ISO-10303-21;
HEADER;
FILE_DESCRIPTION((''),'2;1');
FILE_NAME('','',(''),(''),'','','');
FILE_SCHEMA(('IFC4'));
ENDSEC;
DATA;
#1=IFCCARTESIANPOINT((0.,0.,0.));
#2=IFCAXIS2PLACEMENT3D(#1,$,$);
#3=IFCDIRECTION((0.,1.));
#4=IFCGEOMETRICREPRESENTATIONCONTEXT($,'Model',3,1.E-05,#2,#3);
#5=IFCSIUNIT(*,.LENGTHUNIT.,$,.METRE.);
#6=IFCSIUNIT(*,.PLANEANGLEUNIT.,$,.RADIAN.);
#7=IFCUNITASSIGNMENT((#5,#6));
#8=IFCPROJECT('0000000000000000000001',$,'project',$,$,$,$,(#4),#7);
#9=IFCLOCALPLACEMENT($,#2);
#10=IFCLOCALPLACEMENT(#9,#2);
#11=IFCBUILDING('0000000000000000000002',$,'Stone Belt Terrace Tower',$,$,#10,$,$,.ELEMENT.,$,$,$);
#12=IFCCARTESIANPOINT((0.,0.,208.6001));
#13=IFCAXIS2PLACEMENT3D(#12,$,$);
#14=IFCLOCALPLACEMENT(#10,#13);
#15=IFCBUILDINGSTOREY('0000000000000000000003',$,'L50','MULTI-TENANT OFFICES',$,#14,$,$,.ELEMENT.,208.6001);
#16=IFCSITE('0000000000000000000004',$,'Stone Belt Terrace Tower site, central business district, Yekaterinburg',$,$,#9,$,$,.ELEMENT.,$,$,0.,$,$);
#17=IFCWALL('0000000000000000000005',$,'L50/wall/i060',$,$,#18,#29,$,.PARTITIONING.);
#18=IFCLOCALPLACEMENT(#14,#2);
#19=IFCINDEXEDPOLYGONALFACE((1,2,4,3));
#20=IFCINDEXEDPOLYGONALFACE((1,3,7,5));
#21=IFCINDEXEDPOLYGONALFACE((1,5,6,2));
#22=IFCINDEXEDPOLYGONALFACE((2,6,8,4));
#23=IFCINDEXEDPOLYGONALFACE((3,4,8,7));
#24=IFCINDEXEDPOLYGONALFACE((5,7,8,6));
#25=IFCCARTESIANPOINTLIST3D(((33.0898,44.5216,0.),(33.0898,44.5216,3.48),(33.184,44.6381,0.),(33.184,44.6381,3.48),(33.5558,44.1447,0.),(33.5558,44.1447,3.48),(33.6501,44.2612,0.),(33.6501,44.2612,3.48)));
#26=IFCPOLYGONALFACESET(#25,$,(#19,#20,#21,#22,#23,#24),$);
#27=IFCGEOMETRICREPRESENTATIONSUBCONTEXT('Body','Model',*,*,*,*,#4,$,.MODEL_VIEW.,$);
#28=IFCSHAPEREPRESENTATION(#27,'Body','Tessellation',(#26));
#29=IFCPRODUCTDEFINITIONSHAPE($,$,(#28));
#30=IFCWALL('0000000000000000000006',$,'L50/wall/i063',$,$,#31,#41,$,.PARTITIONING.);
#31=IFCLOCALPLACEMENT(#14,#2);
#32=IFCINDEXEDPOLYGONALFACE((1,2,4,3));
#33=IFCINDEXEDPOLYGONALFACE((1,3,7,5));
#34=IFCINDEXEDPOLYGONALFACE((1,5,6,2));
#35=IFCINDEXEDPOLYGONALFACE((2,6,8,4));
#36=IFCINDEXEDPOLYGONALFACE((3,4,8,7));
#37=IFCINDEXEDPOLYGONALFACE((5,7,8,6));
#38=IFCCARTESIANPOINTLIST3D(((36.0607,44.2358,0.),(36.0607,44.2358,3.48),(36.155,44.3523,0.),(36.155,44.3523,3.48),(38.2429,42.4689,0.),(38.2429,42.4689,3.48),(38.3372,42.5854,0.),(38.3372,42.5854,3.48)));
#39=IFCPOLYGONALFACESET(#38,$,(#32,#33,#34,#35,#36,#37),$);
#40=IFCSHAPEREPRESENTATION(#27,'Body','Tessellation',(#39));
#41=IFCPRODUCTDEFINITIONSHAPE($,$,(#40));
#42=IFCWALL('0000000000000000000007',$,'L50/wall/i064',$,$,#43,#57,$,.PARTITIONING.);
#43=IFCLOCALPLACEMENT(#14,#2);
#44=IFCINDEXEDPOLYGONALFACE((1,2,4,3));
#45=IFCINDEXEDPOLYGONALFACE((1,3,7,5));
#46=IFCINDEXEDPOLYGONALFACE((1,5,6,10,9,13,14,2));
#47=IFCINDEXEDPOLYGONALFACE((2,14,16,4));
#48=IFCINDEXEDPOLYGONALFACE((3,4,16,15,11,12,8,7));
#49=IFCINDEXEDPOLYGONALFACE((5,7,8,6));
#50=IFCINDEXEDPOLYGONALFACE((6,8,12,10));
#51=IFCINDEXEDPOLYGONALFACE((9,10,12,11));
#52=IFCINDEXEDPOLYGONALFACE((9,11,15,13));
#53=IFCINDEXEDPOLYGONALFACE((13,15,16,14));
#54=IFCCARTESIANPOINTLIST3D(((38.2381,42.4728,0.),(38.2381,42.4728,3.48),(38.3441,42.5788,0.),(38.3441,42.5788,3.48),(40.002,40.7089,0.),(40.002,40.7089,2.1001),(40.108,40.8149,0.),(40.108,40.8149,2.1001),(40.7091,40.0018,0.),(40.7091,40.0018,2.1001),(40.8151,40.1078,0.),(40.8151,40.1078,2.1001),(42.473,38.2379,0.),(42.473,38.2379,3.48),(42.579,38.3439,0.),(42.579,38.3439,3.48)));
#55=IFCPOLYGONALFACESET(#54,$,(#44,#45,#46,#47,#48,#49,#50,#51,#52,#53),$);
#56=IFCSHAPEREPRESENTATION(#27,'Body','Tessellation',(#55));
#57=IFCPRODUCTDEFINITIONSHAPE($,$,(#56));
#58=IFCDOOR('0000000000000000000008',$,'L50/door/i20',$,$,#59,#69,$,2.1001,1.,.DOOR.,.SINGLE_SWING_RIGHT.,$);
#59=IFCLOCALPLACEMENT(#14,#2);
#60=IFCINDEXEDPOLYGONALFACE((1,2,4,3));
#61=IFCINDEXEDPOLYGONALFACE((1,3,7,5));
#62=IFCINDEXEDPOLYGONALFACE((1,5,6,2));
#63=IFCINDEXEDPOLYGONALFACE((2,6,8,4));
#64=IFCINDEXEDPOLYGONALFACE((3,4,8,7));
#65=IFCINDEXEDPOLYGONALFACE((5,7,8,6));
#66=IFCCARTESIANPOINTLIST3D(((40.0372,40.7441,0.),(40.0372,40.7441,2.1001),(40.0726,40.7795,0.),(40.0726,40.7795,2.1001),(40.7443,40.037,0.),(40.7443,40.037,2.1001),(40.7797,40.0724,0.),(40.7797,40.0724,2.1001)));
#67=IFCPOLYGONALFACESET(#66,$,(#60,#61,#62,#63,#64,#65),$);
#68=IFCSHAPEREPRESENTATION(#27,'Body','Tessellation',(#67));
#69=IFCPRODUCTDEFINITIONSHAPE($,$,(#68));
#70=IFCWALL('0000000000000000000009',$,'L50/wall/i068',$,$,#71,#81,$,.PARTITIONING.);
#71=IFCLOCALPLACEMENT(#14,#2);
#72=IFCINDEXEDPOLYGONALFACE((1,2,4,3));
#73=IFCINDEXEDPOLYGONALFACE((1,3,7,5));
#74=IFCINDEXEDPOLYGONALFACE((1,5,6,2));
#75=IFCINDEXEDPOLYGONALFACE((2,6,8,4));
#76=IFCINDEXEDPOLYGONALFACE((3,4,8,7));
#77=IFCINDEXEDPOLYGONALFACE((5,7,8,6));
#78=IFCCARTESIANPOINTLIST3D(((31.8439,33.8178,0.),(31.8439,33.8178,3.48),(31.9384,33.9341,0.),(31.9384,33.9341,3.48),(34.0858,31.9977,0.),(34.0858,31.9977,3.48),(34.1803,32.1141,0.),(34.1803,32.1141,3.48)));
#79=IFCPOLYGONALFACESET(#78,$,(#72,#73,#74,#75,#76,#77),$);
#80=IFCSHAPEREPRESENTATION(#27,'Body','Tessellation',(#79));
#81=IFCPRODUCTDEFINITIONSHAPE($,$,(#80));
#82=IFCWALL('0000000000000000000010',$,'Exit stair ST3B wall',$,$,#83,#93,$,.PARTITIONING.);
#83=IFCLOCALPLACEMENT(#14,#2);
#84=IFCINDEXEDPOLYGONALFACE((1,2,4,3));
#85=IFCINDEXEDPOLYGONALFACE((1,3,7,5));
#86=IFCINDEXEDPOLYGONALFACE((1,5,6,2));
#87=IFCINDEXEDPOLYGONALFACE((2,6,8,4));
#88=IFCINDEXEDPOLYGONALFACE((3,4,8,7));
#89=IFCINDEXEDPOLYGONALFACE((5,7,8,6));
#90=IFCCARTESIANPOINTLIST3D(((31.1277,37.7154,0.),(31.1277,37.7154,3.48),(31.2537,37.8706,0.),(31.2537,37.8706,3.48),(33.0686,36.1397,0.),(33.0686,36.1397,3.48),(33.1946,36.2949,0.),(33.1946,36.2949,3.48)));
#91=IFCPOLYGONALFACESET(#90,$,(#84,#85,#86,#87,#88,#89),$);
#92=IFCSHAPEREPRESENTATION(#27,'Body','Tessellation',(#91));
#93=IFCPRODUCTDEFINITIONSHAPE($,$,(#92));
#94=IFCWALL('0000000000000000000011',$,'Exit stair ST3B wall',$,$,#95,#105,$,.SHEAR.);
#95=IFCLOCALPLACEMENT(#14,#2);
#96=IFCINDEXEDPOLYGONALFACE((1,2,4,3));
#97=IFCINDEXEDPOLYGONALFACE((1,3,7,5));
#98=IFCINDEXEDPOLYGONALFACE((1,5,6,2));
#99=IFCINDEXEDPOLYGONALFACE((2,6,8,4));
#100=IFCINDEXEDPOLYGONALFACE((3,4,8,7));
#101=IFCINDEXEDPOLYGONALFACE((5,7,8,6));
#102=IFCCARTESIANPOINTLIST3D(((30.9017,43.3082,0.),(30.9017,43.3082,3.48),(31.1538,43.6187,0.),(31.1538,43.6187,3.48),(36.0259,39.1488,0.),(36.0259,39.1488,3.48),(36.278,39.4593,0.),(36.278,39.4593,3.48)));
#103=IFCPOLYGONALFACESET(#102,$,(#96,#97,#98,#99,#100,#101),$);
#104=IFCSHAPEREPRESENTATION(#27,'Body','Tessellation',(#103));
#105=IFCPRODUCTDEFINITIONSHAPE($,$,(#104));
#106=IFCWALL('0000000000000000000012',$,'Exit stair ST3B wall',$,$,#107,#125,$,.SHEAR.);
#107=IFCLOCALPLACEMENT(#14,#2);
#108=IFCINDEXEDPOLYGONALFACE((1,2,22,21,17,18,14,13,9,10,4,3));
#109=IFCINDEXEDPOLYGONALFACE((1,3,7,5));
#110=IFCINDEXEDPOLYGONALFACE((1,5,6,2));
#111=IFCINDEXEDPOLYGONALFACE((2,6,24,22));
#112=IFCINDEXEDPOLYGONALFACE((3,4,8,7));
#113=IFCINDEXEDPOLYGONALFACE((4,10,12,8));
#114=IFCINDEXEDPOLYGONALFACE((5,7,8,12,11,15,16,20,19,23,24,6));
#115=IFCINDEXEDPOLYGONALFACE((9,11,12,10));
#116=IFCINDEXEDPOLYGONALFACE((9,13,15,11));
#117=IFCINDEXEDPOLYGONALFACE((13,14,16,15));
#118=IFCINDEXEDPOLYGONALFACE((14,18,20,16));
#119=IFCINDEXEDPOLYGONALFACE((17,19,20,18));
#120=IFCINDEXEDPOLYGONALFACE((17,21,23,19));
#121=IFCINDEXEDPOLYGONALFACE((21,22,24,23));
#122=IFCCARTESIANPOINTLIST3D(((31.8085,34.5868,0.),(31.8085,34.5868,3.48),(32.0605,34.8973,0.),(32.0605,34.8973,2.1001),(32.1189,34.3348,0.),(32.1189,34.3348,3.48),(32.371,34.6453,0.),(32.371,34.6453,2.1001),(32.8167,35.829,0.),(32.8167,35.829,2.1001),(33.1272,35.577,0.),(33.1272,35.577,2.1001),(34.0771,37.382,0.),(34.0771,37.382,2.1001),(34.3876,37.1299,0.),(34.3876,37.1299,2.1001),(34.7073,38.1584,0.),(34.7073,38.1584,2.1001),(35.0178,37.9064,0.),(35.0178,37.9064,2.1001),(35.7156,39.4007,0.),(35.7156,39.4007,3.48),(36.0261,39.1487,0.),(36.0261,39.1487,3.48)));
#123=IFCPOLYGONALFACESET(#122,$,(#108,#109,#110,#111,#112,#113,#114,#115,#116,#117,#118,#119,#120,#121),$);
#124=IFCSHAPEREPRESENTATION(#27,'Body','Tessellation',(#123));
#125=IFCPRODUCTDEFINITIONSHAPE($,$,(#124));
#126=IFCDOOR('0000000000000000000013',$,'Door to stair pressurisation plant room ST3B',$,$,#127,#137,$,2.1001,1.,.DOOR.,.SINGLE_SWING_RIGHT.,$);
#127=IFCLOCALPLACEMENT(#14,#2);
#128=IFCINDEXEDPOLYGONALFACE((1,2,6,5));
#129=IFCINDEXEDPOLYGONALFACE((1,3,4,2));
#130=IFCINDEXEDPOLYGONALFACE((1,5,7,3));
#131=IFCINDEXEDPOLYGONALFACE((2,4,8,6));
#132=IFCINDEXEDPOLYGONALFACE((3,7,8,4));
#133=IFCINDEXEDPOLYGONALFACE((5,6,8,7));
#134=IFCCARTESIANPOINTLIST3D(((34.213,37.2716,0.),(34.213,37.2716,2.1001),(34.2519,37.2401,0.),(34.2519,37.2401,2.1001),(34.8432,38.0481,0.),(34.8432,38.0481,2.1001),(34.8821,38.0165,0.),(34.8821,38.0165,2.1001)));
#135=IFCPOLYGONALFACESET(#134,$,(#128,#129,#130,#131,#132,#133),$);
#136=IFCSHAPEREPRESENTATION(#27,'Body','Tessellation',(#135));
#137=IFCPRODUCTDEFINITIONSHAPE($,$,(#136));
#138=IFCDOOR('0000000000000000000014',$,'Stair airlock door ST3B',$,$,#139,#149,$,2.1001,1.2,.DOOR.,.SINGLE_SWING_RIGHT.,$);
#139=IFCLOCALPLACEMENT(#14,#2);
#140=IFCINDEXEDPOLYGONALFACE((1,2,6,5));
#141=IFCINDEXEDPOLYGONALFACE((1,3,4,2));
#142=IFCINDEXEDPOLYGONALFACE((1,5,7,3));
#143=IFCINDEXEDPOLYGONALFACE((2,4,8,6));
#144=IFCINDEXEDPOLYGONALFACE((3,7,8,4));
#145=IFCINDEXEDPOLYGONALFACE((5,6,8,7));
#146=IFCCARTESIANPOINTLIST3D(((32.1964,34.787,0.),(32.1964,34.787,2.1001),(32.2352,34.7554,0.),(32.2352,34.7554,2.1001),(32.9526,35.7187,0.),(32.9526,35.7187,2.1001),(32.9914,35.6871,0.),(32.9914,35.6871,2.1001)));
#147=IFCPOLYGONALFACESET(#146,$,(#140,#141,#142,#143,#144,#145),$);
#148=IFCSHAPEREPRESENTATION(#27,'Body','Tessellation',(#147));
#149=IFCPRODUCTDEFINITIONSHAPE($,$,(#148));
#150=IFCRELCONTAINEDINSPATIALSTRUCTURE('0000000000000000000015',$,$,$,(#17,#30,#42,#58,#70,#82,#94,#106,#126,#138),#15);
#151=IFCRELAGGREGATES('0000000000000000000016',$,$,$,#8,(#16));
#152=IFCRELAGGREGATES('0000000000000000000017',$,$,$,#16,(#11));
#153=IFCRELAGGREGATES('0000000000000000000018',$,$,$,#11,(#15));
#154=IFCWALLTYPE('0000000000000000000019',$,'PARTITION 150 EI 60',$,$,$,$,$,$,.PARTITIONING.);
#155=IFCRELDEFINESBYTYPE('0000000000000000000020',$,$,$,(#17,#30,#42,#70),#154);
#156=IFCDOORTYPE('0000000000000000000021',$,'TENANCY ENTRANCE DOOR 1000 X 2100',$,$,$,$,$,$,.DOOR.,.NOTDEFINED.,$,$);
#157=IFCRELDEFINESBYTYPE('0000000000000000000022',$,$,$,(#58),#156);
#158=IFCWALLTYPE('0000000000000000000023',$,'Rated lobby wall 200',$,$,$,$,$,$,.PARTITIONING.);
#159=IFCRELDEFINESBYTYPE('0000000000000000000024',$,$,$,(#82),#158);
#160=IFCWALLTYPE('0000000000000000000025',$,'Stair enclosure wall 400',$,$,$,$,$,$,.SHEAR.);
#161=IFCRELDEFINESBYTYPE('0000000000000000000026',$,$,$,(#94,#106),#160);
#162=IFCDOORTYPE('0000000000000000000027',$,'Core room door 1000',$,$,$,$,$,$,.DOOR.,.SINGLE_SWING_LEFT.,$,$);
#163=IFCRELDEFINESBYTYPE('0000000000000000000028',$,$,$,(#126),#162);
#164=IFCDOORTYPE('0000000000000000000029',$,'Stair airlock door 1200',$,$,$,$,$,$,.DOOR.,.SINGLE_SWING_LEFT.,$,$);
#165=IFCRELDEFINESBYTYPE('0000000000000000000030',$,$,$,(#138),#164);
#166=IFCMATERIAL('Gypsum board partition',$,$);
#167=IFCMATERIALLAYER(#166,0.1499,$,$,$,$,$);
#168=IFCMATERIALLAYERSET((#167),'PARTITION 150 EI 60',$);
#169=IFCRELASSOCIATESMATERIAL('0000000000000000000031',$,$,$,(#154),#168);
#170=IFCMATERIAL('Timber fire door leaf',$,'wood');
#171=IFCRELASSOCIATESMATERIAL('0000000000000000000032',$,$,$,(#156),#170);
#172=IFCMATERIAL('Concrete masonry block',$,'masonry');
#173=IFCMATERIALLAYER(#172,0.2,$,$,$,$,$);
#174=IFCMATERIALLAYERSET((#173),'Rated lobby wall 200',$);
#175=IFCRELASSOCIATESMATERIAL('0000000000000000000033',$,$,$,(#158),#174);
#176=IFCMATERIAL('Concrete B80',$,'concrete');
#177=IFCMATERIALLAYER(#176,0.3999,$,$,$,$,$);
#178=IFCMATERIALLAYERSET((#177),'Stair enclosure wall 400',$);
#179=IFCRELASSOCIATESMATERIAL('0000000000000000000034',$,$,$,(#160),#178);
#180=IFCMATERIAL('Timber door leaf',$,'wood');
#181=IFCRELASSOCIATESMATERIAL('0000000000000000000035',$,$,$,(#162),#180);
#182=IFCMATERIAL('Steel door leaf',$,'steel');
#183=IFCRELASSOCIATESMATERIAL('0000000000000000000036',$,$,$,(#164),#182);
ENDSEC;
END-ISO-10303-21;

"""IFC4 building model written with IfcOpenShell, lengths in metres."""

from ifc_helpers import new_model, si_unit, direction, frame, frame_2d, origin, place, context, subcontext, project, spatial, rectangle, extrude, material, layer, layer_set, type_object, element, fill, save


model = new_model("IFC4")

# Units and contexts
model_context = context("Model", 3, precision=1e-05, world=origin(), true_north=direction((0.0, 1.0)))
body_context = subcontext(model_context, "Body", "Model", "MODEL_VIEW")
ifc_project = project(units=[si_unit("LENGTHUNIT", "METRE"), si_unit("PLANEANGLEUNIT", "RADIAN")], contexts=[model_context])

# Site, building, storey
site_placement = place(None, origin())
site = spatial("IfcSite", under=ifc_project, at=site_placement, Name="Stone Belt Terrace Tower site, central business district, Yekaterinburg", CompositionType="ELEMENT", RefElevation=0.0)
building_placement = place(site_placement, origin())
building = spatial("IfcBuilding", under=site, at=building_placement, Name="Stone Belt Terrace Tower", CompositionType="ELEMENT")
storey_placement = place(building_placement, frame((0.0, 0.0, 208.6001)))
storey = spatial("IfcBuildingStorey", under=building, at=storey_placement, Name="L50", Description="MULTI-TENANT OFFICES", CompositionType="ELEMENT", Elevation=208.6001)

# Walls
ifc_material_1 = material(Name="Gypsum board partition")
ifc_layer_1 = layer(ifc_material_1, 0.1499)
ifc_layer_set_1 = layer_set([ifc_layer_1], Name="PARTITION 150 EI 60")
wall_type_1 = type_object("IfcWallType", Name="PARTITION 150 EI 60", PredefinedType="PARTITIONING", material=ifc_layer_set_1)
wall_1_placement = place(storey_placement, frame((33.603, 44.2029, 0.0), z_axis=(0.0, 0.0, 1.0), x_axis=(-0.77752, 0.628858, 0.0)))
element("IfcWall", 1, at=wall_1_placement, inside=storey, type_object=wall_type_1, Name="L50/wall/i060", PredefinedType="PARTITIONING", context=body_context, shape_type="SweptSolid", body=[
    extrude(rectangle(XDim=0.5994, YDim=0.1499, at=frame_2d((0.2998, 0.0))), origin(), (0.0, 0.0, 1.0), 3.48),
])
wall_2_placement = place(storey_placement, frame((36.1079, 44.2939, 0.0), z_axis=(0.0, 0.0, 1.0), x_axis=(0.777182, -0.629276, 0.0)))
element("IfcWall", 2, at=wall_2_placement, inside=storey, type_object=wall_type_1, Name="L50/wall/i063", PredefinedType="PARTITIONING", context=body_context, shape_type="SweptSolid", body=[
    extrude(rectangle(XDim=2.8079, YDim=0.1499, at=frame_2d((1.4038, 0.0))), origin(), (0.0, 0.0, 1.0), 3.48),
])

# Wall, opening, door
wall_3_placement = place(storey_placement, frame((38.291, 42.5259, 0.0), z_axis=(0.0, 0.0, 1.0), x_axis=(0.707107, -0.707107, 0.0)))
wall_3 = element("IfcWall", 3, at=wall_3_placement, inside=storey, type_object=wall_type_1, Name="L50/wall/i064", PredefinedType="PARTITIONING", context=body_context, shape_type="SweptSolid", body=[
    extrude(rectangle(XDim=5.989, YDim=0.1499, at=frame_2d((2.9946, 0.0))), origin(), (0.0, 0.0, 1.0), 3.48),
])
opening_1_placement = place(wall_3_placement, frame((2.4946, 0.0, 0.0)))
opening_1 = element("IfcOpeningElement", 4, at=opening_1_placement, cuts=wall_3, PredefinedType="OPENING", context=body_context, shape_type="SweptSolid", body=[
    extrude(rectangle(XDim=1.0, YDim=2.1001, at=frame_2d((0.5, 1.05))), frame((0.0, 0.085, 0.0), z_axis=(0.0, -1.0, 0.0), x_axis=(1.0, 0.0, 0.0)), (0.0, 0.0, 1.0), 0.1699),
])
ifc_material_2 = material(Name="Timber fire door leaf", Category="wood")
door_type_1 = type_object("IfcDoorType", Name="TENANCY ENTRANCE DOOR 1000 X 2100", OperationType="NOTDEFINED", PredefinedType="DOOR", material=ifc_material_2)
door_1_placement = place(opening_1_placement, origin())
door_1 = element("IfcDoor", 5, at=door_1_placement, inside=storey, type_object=door_type_1, Name="L50/door/i20", OperationType="SINGLE_SWING_RIGHT", OverallHeight=2.1001, OverallWidth=1.0, PredefinedType="DOOR", context=body_context, shape_type="SweptSolid", body=[
    extrude(rectangle(XDim=1.0, YDim=2.1001, at=frame_2d((0.5, 1.05))), frame((0.0, 0.0249, 0.0), z_axis=(0.0, -1.0, 0.0), x_axis=(1.0, 0.0, 0.0)), (0.0, 0.0, 1.0), 0.05),
])
fill(opening_1, door_1)

# Walls
wall_4_placement = place(storey_placement, frame((34.1331, 32.0559, 0.0), z_axis=(0.0, 0.0, 1.0), x_axis=(-0.77637, 0.630277, 0.0)))
element("IfcWall", 6, at=wall_4_placement, inside=storey, type_object=wall_type_1, Name="L50/wall/i068", PredefinedType="PARTITIONING", context=body_context, shape_type="SweptSolid", body=[
    extrude(rectangle(XDim=2.8877, YDim=0.1499, at=frame_2d((1.4438, 0.0))), origin(), (0.0, 0.0, 1.0), 3.48),
])
ifc_material_3 = material(Name="Concrete masonry block", Category="masonry")
ifc_layer_2 = layer(ifc_material_3, 0.2)
ifc_layer_set_2 = layer_set([ifc_layer_2], Name="Rated lobby wall 200")
wall_type_2 = type_object("IfcWallType", Name="Rated lobby wall 200", PredefinedType="PARTITIONING", material=ifc_layer_set_2)
wall_5_placement = place(storey_placement, frame((31.1907, 37.793, 0.0), z_axis=(0.0, 0.0, 1.0), x_axis=(0.776371, -0.630276, 0.0)))
element("IfcWall", 7, at=wall_5_placement, inside=storey, type_object=wall_type_2, Name="Exit stair ST3B wall", PredefinedType="PARTITIONING", context=body_context, shape_type="SweptSolid", body=[
    extrude(rectangle(XDim=2.5, YDim=0.2, at=frame_2d((1.25, 0.0))), origin(), (0.0, 0.0, 1.0), 3.48),
])
ifc_material_4 = material(Name="Concrete B80", Category="concrete")
ifc_layer_3 = layer(ifc_material_4, 0.3999)
ifc_layer_set_3 = layer_set([ifc_layer_3], Name="Stair enclosure wall 400")
wall_type_3 = type_object("IfcWallType", Name="Stair enclosure wall 400", PredefinedType="SHEAR", material=ifc_layer_set_3)
wall_6_placement = place(storey_placement, frame((31.0278, 43.4634, 0.0), z_axis=(0.0, 0.0, 1.0), x_axis=(0.776414, -0.630224, 0.0)))
element("IfcWall", 8, at=wall_6_placement, inside=storey, type_object=wall_type_3, Name="Exit stair ST3B wall", PredefinedType="SHEAR", context=body_context, shape_type="SweptSolid", body=[
    extrude(rectangle(XDim=6.5999, YDim=0.3999, at=frame_2d((3.2998, 0.0))), origin(), (0.0, 0.0, 1.0), 3.48),
])

# Wall, openings, doors
wall_7_placement = place(storey_placement, frame((31.9636, 34.4607, 0.0), z_axis=(0.0, 0.0, 1.0), x_axis=(0.630192, 0.776439, 0.0)))
wall_7 = element("IfcWall", 9, at=wall_7_placement, inside=storey, type_object=wall_type_3, Name="Exit stair ST3B wall", PredefinedType="SHEAR", context=body_context, shape_type="SweptSolid", body=[
    extrude(rectangle(XDim=6.2, YDim=0.3999, at=frame_2d((3.1001, 0.0))), origin(), (0.0, 0.0, 1.0), 3.48),
])
opening_2_placement = place(wall_7_placement, frame((0.3999, 0.0, 0.0)))
opening_2 = element("IfcOpeningElement", 10, at=opening_2_placement, cuts=wall_7, PredefinedType="OPENING", context=body_context, shape_type="SweptSolid", body=[
    extrude(rectangle(XDim=1.2, YDim=2.1001, at=frame_2d((0.6001, 1.05))), frame((0.0, 0.21, 0.0), z_axis=(0.0, -1.0, 0.0), x_axis=(1.0, 0.0, 0.0)), (0.0, 0.0, 1.0), 0.4199),
])
opening_3_placement = place(wall_7_placement, frame((3.6001, 0.0, 0.0)))
opening_3 = element("IfcOpeningElement", 11, at=opening_3_placement, cuts=wall_7, PredefinedType="OPENING", context=body_context, shape_type="SweptSolid", body=[
    extrude(rectangle(XDim=1.0, YDim=2.1001, at=frame_2d((0.5, 1.05))), frame((0.0, 0.21, 0.0), z_axis=(0.0, -1.0, 0.0), x_axis=(1.0, 0.0, 0.0)), (0.0, 0.0, 1.0), 0.4199),
])
ifc_material_5 = material(Name="Timber door leaf", Category="wood")
door_type_2 = type_object("IfcDoorType", Name="Core room door 1000", OperationType="SINGLE_SWING_LEFT", PredefinedType="DOOR", material=ifc_material_5)
door_2_placement = place(opening_3_placement, origin())
door_2 = element("IfcDoor", 12, at=door_2_placement, inside=storey, type_object=door_type_2, Name="Door to stair pressurisation plant room ST3B", OperationType="SINGLE_SWING_RIGHT", OverallHeight=2.1001, OverallWidth=1.0, PredefinedType="DOOR", context=body_context, shape_type="SweptSolid", body=[
    extrude(rectangle(XDim=1.0, YDim=2.1001, at=frame_2d((0.5, 1.05))), frame((0.0, 0.0249, 0.0), z_axis=(0.0, -1.0, 0.0), x_axis=(1.0, 0.0, 0.0)), (0.0, 0.0, 1.0), 0.05),
])
fill(opening_3, door_2)
ifc_material_6 = material(Name="Steel door leaf", Category="steel")
door_type_3 = type_object("IfcDoorType", Name="Stair airlock door 1200", OperationType="SINGLE_SWING_LEFT", PredefinedType="DOOR", material=ifc_material_6)
door_3_placement = place(opening_2_placement, origin())
door_3 = element("IfcDoor", 13, at=door_3_placement, inside=storey, type_object=door_type_3, Name="Stair airlock door ST3B", OperationType="SINGLE_SWING_RIGHT", OverallHeight=2.1001, OverallWidth=1.2, PredefinedType="DOOR", context=body_context, shape_type="SweptSolid", body=[
    extrude(rectangle(XDim=1.2, YDim=2.1001, at=frame_2d((0.6001, 1.05))), frame((0.0, 0.0249, 0.0), z_axis=(0.0, -1.0, 0.0), x_axis=(1.0, 0.0, 0.0)), (0.0, 0.0, 1.0), 0.05),
])
fill(opening_2, door_3)

save(model, "model.ifc")
